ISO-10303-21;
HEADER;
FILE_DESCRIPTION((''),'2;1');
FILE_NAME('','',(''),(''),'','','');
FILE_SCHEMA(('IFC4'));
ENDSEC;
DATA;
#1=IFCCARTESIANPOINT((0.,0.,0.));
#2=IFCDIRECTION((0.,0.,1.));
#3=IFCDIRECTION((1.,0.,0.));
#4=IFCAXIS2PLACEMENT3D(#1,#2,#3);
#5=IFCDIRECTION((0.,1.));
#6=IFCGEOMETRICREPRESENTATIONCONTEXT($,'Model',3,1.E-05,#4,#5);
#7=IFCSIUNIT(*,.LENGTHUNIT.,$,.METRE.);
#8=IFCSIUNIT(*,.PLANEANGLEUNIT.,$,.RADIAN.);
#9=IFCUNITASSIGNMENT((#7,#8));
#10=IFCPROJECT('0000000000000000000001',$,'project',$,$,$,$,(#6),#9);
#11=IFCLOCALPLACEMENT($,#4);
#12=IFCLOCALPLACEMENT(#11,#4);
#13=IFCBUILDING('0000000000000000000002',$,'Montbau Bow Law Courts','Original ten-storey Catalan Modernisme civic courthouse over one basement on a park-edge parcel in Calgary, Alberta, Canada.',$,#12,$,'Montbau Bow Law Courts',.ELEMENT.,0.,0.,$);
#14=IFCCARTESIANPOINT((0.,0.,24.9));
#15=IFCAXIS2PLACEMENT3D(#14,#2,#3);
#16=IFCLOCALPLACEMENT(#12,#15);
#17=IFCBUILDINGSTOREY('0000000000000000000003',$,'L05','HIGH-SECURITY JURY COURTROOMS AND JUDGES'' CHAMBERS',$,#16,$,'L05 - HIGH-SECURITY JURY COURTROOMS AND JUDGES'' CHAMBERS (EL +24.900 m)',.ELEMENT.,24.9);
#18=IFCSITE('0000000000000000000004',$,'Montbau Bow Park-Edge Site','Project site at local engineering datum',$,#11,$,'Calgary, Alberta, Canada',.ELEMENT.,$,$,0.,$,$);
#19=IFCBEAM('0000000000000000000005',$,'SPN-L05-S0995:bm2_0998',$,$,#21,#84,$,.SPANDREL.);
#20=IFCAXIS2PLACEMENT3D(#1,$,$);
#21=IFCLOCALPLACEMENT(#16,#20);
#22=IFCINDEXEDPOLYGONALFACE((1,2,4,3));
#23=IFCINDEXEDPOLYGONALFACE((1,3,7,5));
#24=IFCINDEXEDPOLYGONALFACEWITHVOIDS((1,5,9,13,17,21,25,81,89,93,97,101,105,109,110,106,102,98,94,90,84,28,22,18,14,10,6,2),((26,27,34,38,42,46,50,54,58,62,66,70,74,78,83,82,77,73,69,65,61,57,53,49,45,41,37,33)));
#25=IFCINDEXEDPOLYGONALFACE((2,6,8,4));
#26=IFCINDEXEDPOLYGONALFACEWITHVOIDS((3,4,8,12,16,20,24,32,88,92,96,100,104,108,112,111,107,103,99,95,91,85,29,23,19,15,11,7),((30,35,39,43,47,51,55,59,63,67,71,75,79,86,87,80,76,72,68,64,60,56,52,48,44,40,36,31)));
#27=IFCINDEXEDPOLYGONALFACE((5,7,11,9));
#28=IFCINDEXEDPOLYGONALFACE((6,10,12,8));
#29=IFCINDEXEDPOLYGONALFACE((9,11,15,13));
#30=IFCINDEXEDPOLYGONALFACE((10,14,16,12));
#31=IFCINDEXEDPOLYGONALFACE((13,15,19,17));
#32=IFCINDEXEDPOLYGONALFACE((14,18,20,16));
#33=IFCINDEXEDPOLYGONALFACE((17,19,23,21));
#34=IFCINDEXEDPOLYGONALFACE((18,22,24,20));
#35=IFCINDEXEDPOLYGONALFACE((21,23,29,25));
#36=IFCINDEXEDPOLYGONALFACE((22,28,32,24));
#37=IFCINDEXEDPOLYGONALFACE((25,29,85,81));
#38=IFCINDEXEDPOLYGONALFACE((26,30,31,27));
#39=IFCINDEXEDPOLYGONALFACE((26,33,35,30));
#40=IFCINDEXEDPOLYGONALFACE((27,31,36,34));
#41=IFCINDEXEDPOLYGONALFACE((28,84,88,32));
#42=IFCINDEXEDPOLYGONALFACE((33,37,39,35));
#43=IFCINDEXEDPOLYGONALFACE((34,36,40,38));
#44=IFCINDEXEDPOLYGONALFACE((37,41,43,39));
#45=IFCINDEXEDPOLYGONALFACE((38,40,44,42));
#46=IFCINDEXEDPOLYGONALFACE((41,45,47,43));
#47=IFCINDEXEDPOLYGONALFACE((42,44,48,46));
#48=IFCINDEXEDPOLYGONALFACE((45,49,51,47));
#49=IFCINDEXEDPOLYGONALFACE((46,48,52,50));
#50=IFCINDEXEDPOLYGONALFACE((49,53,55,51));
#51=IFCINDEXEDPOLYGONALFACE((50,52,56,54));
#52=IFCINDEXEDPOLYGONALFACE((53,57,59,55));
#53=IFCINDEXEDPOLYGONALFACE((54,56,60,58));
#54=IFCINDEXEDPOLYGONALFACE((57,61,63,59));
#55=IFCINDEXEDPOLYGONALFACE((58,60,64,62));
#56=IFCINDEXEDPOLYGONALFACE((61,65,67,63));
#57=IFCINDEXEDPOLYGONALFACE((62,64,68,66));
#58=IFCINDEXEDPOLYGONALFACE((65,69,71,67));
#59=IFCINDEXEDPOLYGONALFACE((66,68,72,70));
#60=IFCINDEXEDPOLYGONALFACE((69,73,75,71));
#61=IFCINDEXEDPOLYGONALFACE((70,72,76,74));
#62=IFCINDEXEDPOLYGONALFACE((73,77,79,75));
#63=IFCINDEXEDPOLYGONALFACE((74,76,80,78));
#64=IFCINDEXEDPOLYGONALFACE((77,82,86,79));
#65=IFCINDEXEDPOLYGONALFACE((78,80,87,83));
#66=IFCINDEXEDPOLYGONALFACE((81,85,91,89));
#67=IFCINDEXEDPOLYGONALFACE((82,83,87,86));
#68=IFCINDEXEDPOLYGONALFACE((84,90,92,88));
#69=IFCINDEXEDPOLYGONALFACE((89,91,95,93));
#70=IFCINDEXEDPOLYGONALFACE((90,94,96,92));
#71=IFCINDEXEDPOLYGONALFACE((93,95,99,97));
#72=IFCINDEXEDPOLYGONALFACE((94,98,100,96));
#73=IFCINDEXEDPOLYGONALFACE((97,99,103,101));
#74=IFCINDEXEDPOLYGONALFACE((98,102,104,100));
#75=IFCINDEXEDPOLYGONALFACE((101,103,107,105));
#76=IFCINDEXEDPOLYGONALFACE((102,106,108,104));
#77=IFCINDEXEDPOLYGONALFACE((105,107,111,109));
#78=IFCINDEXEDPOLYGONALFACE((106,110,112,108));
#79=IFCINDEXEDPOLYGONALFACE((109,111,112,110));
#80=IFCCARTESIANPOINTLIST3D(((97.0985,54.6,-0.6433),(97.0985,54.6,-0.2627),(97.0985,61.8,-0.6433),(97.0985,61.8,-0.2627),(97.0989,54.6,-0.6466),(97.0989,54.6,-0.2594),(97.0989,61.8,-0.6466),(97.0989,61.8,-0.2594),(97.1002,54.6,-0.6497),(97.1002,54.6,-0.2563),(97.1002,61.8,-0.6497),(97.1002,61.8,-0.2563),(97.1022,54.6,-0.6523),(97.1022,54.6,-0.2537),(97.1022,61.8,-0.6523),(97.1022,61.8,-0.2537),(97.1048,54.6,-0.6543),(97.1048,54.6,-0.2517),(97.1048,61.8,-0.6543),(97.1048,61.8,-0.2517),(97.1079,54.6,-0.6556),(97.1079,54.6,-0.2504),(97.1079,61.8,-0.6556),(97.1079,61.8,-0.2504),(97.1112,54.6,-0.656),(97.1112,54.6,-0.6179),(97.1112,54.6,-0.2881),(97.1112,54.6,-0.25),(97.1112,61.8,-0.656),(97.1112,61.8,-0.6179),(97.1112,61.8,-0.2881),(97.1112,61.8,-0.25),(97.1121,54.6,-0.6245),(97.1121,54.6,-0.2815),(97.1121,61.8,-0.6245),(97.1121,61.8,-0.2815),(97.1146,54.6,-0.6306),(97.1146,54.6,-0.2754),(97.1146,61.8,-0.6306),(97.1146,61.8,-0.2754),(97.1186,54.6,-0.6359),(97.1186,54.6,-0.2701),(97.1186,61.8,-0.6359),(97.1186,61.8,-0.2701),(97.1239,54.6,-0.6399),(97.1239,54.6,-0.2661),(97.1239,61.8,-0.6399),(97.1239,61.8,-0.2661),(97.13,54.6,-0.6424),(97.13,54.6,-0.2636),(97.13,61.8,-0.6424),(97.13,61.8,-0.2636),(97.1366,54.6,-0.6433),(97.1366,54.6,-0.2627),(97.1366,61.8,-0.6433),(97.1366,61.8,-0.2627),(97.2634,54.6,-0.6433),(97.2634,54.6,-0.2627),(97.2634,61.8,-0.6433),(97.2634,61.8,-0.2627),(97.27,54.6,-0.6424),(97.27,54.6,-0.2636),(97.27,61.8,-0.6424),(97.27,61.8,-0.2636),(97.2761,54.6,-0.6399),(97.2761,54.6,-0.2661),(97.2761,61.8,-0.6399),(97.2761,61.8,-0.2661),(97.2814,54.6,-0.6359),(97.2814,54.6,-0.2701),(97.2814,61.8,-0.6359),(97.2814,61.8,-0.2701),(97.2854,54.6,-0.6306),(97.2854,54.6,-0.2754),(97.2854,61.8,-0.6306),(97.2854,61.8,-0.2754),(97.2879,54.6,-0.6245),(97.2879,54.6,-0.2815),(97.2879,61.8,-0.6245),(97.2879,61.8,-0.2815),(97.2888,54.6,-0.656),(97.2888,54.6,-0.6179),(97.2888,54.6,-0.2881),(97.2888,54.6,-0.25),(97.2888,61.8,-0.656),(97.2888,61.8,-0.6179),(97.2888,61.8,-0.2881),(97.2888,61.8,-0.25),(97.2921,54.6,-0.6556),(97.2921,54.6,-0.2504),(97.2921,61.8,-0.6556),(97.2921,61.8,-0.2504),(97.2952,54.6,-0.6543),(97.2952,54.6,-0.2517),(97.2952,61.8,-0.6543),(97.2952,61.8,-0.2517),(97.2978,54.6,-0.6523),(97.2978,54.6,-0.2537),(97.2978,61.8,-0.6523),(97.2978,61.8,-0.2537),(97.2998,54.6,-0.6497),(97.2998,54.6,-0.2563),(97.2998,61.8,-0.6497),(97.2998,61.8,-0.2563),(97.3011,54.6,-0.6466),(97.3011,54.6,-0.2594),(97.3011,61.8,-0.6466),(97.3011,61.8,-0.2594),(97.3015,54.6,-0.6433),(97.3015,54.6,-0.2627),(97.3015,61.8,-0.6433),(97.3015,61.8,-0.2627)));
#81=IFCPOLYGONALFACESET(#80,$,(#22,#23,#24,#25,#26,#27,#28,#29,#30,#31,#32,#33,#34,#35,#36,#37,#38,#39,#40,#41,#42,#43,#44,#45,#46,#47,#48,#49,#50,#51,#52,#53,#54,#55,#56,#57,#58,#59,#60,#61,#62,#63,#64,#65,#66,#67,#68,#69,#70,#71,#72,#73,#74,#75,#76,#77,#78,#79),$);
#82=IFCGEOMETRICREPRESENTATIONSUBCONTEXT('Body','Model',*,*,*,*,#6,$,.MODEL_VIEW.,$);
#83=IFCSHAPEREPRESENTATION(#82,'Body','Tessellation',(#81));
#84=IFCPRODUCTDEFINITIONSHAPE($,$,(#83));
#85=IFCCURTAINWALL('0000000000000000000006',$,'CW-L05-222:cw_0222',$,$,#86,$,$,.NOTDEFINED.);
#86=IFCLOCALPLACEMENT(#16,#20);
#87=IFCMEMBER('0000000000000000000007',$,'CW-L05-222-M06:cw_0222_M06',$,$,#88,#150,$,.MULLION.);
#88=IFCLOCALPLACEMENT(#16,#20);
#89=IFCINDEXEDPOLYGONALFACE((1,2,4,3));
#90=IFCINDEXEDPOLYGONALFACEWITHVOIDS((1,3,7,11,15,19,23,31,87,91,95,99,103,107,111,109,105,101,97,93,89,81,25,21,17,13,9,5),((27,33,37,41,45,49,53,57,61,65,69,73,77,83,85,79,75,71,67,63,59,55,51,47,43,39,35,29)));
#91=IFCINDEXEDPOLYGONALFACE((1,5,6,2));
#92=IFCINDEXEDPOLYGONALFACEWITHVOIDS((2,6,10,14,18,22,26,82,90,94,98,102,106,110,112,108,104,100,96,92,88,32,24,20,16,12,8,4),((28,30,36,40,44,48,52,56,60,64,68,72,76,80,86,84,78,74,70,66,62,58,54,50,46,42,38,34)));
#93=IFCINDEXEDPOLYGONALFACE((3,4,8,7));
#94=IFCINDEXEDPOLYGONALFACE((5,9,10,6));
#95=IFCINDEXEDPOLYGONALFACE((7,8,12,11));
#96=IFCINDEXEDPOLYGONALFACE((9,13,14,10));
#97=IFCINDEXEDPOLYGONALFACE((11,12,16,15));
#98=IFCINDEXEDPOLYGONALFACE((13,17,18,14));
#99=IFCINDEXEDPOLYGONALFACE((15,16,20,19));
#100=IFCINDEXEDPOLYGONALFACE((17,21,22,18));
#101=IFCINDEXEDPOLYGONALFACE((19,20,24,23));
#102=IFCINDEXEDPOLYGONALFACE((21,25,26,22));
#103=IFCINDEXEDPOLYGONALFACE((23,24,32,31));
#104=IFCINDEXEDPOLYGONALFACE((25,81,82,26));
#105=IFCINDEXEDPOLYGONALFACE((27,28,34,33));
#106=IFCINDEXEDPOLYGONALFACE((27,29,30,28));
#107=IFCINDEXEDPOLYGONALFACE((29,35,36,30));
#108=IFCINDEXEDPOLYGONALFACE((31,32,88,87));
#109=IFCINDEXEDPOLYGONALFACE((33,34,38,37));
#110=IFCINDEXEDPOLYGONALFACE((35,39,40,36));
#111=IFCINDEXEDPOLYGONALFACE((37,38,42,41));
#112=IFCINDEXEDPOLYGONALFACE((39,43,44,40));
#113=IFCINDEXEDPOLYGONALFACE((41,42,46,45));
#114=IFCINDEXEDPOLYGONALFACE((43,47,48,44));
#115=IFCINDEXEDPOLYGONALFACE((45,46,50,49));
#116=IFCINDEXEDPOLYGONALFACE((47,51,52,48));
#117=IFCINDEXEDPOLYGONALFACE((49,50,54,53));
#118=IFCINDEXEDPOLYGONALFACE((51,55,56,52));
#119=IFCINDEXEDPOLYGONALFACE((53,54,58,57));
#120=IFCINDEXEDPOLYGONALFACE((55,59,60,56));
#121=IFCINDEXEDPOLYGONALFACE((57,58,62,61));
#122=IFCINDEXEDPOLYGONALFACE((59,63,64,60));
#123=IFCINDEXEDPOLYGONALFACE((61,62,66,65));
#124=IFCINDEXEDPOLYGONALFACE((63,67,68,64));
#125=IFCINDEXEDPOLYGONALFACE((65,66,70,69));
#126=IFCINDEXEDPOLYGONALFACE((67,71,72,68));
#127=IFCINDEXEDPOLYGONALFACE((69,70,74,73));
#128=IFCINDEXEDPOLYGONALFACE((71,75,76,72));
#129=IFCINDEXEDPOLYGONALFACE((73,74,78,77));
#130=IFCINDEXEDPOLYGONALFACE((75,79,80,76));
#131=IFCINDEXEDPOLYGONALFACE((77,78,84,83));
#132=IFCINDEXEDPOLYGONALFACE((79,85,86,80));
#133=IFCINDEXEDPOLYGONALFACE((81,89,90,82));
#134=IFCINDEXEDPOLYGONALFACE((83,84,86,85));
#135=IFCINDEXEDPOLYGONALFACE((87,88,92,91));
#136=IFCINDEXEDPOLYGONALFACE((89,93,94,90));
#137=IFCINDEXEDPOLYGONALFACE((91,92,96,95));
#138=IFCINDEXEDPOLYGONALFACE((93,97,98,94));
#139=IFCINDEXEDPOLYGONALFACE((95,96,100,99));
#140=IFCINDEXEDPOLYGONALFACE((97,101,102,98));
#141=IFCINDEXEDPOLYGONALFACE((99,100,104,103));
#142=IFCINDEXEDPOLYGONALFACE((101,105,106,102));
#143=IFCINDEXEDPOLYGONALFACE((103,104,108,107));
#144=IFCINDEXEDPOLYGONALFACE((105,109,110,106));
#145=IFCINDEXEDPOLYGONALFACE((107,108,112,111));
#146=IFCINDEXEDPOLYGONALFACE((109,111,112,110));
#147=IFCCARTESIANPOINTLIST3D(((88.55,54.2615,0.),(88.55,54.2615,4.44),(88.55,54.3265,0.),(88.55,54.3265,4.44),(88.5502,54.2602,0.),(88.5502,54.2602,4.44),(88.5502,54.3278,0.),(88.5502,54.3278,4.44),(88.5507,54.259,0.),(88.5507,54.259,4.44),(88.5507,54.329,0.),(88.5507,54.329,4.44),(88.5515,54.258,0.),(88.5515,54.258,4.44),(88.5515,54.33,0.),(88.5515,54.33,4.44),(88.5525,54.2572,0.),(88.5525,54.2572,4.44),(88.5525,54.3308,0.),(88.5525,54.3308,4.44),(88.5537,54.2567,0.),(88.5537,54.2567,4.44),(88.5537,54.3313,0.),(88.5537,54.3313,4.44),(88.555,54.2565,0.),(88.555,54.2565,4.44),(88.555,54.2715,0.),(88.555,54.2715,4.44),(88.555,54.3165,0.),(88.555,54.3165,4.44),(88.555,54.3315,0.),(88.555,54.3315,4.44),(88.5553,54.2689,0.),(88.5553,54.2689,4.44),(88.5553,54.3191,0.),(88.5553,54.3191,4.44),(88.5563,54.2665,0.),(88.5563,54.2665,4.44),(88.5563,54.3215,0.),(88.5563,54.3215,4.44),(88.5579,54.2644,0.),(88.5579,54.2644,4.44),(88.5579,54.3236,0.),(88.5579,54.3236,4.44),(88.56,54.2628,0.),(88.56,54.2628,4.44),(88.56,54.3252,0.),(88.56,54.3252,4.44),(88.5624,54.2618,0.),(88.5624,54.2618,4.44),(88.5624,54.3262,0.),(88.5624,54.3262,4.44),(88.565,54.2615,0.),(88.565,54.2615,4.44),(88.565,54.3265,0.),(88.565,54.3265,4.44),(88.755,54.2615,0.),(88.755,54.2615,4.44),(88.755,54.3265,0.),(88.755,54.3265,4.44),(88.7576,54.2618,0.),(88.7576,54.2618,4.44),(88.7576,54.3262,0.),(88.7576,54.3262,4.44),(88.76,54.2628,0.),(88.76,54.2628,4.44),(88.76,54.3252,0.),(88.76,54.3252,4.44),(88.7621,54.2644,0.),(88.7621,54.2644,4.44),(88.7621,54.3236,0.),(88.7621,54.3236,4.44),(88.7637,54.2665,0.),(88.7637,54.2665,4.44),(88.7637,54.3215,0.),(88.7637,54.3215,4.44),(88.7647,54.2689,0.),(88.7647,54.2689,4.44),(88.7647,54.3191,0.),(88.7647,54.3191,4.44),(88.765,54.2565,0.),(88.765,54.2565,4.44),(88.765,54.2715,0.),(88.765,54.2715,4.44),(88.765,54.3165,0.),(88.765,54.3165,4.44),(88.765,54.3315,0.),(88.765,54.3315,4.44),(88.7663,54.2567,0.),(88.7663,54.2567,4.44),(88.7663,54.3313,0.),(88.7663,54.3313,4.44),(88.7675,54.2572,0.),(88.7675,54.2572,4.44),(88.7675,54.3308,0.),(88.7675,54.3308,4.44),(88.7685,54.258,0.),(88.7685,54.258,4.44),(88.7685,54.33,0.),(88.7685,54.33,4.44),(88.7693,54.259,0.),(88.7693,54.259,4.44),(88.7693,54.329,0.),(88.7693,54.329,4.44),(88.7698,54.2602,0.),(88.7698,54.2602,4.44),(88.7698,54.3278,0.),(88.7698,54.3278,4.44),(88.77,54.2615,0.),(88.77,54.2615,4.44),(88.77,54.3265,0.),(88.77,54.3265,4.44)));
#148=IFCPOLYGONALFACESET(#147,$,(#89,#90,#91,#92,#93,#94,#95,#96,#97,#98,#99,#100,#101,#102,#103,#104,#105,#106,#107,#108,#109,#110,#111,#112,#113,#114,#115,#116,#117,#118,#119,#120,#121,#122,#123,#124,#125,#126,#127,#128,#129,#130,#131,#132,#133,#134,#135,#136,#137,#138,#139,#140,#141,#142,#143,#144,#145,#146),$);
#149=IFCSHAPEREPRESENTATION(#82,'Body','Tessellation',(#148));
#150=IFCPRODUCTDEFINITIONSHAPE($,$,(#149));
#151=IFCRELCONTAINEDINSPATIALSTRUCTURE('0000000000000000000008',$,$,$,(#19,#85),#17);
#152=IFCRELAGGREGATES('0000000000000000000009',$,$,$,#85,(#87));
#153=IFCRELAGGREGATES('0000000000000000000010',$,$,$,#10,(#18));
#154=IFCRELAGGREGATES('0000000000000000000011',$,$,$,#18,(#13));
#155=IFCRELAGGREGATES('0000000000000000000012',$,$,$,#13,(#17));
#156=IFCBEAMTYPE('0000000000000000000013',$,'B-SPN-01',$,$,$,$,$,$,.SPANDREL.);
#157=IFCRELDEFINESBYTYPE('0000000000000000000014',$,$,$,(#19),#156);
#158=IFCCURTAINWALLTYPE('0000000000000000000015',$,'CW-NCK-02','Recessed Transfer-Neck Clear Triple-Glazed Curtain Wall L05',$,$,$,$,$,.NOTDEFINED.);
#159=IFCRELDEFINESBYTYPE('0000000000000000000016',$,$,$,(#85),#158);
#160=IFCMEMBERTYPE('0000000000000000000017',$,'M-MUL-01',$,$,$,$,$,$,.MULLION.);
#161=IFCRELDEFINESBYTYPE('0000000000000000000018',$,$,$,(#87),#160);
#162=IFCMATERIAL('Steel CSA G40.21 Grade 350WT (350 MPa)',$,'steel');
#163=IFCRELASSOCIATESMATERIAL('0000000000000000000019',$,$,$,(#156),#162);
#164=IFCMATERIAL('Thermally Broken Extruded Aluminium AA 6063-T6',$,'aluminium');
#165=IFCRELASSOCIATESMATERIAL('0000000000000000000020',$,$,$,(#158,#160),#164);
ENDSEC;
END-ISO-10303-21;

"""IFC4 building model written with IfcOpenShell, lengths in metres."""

from ifc_helpers import new_model, si_unit, direction, frame, origin_with_axes, origin_2d_with_axis, place, context, subcontext, project, spatial, hollow_rectangle, extrude, material, material_profile, profile_set, type_object, element, aggregate, save


model = new_model("IFC4")

# Units and contexts
model_context = context("Model", 3, precision=1e-05, world=origin_with_axes(), true_north=direction((0.0, 1.0)))
body_context = subcontext(model_context, "Body", "Model", "MODEL_VIEW")
ifc_project = project(units=[si_unit("LENGTHUNIT", "METRE"), si_unit("PLANEANGLEUNIT", "RADIAN")], contexts=[model_context])

# Site, building, storey
site_placement = place(None, origin_with_axes())
site = spatial("IfcSite", under=ifc_project, at=site_placement, Name="Montbau Bow Park-Edge Site", Description="Project site at local engineering datum", LongName="Calgary, Alberta, Canada", CompositionType="ELEMENT", RefElevation=0.0)
building_placement = place(site_placement, origin_with_axes())
building = spatial("IfcBuilding", under=site, at=building_placement, Name="Montbau Bow Law Courts", Description="Original ten-storey Catalan Modernisme civic courthouse over one basement on a park-edge parcel in Calgary, Alberta, Canada.", LongName="Montbau Bow Law Courts", CompositionType="ELEMENT", ElevationOfRefHeight=0.0, ElevationOfTerrain=0.0)
storey_placement = place(building_placement, frame((0.0, 0.0, 24.9), z_axis=(0.0, 0.0, 1.0), x_axis=(1.0, 0.0, 0.0)))
storey = spatial("IfcBuildingStorey", under=building, at=storey_placement, Name="L05", Description="HIGH-SECURITY JURY COURTROOMS AND JUDGES' CHAMBERS", LongName="L05 - HIGH-SECURITY JURY COURTROOMS AND JUDGES' CHAMBERS (EL +24.900 m)", CompositionType="ELEMENT", Elevation=24.9)

# Shared definitions
ifc_material_1 = material(Name="Steel CSA G40.21 Grade 350WT (350 MPa)", Category="steel")

# Beam
ifc_material_profile_1 = material_profile(ifc_material_1, hollow_rectangle(XDim=0.203, YDim=0.406, WallThickness=0.0127, InnerFilletRadius=0.0254, OuterFilletRadius=0.0127, at=origin_2d_with_axis()), Name="HSS406X203X13", Category="Main", Priority=0)
ifc_profile_set_1 = profile_set([ifc_material_profile_1], Name="Steel CSA G40.21 Grade 350WT (350 MPa)")
beam_type_1 = type_object("IfcBeamType", Name="B-SPN-01", PredefinedType="SPANDREL", material=ifc_profile_set_1)
beam_1_placement = place(None, frame((97.2, 54.6, 24.447), z_axis=(0.0, 1.0, 0.0), x_axis=(-1.0, 0.0, 0.0)))
element("IfcBeam", 1, at=beam_1_placement, inside=storey, type_object=beam_type_1, Name="SPN-L05-S0995:bm2_0998", PredefinedType="SPANDREL", context=body_context, shape_type="SweptSolid", body=[
    extrude(hollow_rectangle(XDim=0.203, YDim=0.406, WallThickness=0.0127, InnerFilletRadius=0.0254, OuterFilletRadius=0.0127, at=origin_2d_with_axis()), origin_with_axes(), (0.0, 0.0, 1.0), 7.2),
])

# Curtain wall, member
ifc_material_2 = material(Name="Thermally Broken Extruded Aluminium AA 6063-T6", Category="aluminium")
curtain_wall_type = type_object("IfcCurtainWallType", Name="CW-NCK-02", Description="Recessed Transfer-Neck Clear Triple-Glazed Curtain Wall L05", PredefinedType="NOTDEFINED", material=ifc_material_2)
curtain_wall_placement = place(None, frame((88.66, 46.468, 24.9), z_axis=(0.0, 0.0, 1.0), x_axis=(1.0, 0.0, 0.0)))
curtain_wall = element("IfcCurtainWall", 2, at=curtain_wall_placement, inside=storey, type_object=curtain_wall_type, Name="CW-L05-222:cw_0222", PredefinedType="NOTDEFINED")
ifc_material_profile_2 = material_profile(ifc_material_2, hollow_rectangle(XDim=0.075, YDim=0.22, WallThickness=0.005, InnerFilletRadius=0.01, OuterFilletRadius=0.005, at=origin_2d_with_axis()), Name="CWM-220X75", Category="Main", Priority=0)
ifc_profile_set_2 = profile_set([ifc_material_profile_2], Name="Thermally Broken Extruded Aluminium AA 6063-T6")
member_type_1 = type_object("IfcMemberType", Name="M-MUL-01", PredefinedType="MULLION", material=ifc_profile_set_2)
member_1_placement = place(None, frame((88.66, 54.294, 24.9), z_axis=(0.0, 0.0, 1.0), x_axis=(0.0, 1.0, 0.0)))
member_1 = element("IfcMember", 3, at=member_1_placement, type_object=member_type_1, Name="CW-L05-222-M06:cw_0222_M06", PredefinedType="MULLION", context=body_context, shape_type="SweptSolid", body=[
    extrude(hollow_rectangle(XDim=0.075, YDim=0.22, WallThickness=0.005, InnerFilletRadius=0.01, OuterFilletRadius=0.005, at=origin_2d_with_axis()), origin_with_axes(), (0.0, 0.0, 1.0), 4.44),
])
aggregate(curtain_wall, [member_1])

save(model, "model.ifc")
